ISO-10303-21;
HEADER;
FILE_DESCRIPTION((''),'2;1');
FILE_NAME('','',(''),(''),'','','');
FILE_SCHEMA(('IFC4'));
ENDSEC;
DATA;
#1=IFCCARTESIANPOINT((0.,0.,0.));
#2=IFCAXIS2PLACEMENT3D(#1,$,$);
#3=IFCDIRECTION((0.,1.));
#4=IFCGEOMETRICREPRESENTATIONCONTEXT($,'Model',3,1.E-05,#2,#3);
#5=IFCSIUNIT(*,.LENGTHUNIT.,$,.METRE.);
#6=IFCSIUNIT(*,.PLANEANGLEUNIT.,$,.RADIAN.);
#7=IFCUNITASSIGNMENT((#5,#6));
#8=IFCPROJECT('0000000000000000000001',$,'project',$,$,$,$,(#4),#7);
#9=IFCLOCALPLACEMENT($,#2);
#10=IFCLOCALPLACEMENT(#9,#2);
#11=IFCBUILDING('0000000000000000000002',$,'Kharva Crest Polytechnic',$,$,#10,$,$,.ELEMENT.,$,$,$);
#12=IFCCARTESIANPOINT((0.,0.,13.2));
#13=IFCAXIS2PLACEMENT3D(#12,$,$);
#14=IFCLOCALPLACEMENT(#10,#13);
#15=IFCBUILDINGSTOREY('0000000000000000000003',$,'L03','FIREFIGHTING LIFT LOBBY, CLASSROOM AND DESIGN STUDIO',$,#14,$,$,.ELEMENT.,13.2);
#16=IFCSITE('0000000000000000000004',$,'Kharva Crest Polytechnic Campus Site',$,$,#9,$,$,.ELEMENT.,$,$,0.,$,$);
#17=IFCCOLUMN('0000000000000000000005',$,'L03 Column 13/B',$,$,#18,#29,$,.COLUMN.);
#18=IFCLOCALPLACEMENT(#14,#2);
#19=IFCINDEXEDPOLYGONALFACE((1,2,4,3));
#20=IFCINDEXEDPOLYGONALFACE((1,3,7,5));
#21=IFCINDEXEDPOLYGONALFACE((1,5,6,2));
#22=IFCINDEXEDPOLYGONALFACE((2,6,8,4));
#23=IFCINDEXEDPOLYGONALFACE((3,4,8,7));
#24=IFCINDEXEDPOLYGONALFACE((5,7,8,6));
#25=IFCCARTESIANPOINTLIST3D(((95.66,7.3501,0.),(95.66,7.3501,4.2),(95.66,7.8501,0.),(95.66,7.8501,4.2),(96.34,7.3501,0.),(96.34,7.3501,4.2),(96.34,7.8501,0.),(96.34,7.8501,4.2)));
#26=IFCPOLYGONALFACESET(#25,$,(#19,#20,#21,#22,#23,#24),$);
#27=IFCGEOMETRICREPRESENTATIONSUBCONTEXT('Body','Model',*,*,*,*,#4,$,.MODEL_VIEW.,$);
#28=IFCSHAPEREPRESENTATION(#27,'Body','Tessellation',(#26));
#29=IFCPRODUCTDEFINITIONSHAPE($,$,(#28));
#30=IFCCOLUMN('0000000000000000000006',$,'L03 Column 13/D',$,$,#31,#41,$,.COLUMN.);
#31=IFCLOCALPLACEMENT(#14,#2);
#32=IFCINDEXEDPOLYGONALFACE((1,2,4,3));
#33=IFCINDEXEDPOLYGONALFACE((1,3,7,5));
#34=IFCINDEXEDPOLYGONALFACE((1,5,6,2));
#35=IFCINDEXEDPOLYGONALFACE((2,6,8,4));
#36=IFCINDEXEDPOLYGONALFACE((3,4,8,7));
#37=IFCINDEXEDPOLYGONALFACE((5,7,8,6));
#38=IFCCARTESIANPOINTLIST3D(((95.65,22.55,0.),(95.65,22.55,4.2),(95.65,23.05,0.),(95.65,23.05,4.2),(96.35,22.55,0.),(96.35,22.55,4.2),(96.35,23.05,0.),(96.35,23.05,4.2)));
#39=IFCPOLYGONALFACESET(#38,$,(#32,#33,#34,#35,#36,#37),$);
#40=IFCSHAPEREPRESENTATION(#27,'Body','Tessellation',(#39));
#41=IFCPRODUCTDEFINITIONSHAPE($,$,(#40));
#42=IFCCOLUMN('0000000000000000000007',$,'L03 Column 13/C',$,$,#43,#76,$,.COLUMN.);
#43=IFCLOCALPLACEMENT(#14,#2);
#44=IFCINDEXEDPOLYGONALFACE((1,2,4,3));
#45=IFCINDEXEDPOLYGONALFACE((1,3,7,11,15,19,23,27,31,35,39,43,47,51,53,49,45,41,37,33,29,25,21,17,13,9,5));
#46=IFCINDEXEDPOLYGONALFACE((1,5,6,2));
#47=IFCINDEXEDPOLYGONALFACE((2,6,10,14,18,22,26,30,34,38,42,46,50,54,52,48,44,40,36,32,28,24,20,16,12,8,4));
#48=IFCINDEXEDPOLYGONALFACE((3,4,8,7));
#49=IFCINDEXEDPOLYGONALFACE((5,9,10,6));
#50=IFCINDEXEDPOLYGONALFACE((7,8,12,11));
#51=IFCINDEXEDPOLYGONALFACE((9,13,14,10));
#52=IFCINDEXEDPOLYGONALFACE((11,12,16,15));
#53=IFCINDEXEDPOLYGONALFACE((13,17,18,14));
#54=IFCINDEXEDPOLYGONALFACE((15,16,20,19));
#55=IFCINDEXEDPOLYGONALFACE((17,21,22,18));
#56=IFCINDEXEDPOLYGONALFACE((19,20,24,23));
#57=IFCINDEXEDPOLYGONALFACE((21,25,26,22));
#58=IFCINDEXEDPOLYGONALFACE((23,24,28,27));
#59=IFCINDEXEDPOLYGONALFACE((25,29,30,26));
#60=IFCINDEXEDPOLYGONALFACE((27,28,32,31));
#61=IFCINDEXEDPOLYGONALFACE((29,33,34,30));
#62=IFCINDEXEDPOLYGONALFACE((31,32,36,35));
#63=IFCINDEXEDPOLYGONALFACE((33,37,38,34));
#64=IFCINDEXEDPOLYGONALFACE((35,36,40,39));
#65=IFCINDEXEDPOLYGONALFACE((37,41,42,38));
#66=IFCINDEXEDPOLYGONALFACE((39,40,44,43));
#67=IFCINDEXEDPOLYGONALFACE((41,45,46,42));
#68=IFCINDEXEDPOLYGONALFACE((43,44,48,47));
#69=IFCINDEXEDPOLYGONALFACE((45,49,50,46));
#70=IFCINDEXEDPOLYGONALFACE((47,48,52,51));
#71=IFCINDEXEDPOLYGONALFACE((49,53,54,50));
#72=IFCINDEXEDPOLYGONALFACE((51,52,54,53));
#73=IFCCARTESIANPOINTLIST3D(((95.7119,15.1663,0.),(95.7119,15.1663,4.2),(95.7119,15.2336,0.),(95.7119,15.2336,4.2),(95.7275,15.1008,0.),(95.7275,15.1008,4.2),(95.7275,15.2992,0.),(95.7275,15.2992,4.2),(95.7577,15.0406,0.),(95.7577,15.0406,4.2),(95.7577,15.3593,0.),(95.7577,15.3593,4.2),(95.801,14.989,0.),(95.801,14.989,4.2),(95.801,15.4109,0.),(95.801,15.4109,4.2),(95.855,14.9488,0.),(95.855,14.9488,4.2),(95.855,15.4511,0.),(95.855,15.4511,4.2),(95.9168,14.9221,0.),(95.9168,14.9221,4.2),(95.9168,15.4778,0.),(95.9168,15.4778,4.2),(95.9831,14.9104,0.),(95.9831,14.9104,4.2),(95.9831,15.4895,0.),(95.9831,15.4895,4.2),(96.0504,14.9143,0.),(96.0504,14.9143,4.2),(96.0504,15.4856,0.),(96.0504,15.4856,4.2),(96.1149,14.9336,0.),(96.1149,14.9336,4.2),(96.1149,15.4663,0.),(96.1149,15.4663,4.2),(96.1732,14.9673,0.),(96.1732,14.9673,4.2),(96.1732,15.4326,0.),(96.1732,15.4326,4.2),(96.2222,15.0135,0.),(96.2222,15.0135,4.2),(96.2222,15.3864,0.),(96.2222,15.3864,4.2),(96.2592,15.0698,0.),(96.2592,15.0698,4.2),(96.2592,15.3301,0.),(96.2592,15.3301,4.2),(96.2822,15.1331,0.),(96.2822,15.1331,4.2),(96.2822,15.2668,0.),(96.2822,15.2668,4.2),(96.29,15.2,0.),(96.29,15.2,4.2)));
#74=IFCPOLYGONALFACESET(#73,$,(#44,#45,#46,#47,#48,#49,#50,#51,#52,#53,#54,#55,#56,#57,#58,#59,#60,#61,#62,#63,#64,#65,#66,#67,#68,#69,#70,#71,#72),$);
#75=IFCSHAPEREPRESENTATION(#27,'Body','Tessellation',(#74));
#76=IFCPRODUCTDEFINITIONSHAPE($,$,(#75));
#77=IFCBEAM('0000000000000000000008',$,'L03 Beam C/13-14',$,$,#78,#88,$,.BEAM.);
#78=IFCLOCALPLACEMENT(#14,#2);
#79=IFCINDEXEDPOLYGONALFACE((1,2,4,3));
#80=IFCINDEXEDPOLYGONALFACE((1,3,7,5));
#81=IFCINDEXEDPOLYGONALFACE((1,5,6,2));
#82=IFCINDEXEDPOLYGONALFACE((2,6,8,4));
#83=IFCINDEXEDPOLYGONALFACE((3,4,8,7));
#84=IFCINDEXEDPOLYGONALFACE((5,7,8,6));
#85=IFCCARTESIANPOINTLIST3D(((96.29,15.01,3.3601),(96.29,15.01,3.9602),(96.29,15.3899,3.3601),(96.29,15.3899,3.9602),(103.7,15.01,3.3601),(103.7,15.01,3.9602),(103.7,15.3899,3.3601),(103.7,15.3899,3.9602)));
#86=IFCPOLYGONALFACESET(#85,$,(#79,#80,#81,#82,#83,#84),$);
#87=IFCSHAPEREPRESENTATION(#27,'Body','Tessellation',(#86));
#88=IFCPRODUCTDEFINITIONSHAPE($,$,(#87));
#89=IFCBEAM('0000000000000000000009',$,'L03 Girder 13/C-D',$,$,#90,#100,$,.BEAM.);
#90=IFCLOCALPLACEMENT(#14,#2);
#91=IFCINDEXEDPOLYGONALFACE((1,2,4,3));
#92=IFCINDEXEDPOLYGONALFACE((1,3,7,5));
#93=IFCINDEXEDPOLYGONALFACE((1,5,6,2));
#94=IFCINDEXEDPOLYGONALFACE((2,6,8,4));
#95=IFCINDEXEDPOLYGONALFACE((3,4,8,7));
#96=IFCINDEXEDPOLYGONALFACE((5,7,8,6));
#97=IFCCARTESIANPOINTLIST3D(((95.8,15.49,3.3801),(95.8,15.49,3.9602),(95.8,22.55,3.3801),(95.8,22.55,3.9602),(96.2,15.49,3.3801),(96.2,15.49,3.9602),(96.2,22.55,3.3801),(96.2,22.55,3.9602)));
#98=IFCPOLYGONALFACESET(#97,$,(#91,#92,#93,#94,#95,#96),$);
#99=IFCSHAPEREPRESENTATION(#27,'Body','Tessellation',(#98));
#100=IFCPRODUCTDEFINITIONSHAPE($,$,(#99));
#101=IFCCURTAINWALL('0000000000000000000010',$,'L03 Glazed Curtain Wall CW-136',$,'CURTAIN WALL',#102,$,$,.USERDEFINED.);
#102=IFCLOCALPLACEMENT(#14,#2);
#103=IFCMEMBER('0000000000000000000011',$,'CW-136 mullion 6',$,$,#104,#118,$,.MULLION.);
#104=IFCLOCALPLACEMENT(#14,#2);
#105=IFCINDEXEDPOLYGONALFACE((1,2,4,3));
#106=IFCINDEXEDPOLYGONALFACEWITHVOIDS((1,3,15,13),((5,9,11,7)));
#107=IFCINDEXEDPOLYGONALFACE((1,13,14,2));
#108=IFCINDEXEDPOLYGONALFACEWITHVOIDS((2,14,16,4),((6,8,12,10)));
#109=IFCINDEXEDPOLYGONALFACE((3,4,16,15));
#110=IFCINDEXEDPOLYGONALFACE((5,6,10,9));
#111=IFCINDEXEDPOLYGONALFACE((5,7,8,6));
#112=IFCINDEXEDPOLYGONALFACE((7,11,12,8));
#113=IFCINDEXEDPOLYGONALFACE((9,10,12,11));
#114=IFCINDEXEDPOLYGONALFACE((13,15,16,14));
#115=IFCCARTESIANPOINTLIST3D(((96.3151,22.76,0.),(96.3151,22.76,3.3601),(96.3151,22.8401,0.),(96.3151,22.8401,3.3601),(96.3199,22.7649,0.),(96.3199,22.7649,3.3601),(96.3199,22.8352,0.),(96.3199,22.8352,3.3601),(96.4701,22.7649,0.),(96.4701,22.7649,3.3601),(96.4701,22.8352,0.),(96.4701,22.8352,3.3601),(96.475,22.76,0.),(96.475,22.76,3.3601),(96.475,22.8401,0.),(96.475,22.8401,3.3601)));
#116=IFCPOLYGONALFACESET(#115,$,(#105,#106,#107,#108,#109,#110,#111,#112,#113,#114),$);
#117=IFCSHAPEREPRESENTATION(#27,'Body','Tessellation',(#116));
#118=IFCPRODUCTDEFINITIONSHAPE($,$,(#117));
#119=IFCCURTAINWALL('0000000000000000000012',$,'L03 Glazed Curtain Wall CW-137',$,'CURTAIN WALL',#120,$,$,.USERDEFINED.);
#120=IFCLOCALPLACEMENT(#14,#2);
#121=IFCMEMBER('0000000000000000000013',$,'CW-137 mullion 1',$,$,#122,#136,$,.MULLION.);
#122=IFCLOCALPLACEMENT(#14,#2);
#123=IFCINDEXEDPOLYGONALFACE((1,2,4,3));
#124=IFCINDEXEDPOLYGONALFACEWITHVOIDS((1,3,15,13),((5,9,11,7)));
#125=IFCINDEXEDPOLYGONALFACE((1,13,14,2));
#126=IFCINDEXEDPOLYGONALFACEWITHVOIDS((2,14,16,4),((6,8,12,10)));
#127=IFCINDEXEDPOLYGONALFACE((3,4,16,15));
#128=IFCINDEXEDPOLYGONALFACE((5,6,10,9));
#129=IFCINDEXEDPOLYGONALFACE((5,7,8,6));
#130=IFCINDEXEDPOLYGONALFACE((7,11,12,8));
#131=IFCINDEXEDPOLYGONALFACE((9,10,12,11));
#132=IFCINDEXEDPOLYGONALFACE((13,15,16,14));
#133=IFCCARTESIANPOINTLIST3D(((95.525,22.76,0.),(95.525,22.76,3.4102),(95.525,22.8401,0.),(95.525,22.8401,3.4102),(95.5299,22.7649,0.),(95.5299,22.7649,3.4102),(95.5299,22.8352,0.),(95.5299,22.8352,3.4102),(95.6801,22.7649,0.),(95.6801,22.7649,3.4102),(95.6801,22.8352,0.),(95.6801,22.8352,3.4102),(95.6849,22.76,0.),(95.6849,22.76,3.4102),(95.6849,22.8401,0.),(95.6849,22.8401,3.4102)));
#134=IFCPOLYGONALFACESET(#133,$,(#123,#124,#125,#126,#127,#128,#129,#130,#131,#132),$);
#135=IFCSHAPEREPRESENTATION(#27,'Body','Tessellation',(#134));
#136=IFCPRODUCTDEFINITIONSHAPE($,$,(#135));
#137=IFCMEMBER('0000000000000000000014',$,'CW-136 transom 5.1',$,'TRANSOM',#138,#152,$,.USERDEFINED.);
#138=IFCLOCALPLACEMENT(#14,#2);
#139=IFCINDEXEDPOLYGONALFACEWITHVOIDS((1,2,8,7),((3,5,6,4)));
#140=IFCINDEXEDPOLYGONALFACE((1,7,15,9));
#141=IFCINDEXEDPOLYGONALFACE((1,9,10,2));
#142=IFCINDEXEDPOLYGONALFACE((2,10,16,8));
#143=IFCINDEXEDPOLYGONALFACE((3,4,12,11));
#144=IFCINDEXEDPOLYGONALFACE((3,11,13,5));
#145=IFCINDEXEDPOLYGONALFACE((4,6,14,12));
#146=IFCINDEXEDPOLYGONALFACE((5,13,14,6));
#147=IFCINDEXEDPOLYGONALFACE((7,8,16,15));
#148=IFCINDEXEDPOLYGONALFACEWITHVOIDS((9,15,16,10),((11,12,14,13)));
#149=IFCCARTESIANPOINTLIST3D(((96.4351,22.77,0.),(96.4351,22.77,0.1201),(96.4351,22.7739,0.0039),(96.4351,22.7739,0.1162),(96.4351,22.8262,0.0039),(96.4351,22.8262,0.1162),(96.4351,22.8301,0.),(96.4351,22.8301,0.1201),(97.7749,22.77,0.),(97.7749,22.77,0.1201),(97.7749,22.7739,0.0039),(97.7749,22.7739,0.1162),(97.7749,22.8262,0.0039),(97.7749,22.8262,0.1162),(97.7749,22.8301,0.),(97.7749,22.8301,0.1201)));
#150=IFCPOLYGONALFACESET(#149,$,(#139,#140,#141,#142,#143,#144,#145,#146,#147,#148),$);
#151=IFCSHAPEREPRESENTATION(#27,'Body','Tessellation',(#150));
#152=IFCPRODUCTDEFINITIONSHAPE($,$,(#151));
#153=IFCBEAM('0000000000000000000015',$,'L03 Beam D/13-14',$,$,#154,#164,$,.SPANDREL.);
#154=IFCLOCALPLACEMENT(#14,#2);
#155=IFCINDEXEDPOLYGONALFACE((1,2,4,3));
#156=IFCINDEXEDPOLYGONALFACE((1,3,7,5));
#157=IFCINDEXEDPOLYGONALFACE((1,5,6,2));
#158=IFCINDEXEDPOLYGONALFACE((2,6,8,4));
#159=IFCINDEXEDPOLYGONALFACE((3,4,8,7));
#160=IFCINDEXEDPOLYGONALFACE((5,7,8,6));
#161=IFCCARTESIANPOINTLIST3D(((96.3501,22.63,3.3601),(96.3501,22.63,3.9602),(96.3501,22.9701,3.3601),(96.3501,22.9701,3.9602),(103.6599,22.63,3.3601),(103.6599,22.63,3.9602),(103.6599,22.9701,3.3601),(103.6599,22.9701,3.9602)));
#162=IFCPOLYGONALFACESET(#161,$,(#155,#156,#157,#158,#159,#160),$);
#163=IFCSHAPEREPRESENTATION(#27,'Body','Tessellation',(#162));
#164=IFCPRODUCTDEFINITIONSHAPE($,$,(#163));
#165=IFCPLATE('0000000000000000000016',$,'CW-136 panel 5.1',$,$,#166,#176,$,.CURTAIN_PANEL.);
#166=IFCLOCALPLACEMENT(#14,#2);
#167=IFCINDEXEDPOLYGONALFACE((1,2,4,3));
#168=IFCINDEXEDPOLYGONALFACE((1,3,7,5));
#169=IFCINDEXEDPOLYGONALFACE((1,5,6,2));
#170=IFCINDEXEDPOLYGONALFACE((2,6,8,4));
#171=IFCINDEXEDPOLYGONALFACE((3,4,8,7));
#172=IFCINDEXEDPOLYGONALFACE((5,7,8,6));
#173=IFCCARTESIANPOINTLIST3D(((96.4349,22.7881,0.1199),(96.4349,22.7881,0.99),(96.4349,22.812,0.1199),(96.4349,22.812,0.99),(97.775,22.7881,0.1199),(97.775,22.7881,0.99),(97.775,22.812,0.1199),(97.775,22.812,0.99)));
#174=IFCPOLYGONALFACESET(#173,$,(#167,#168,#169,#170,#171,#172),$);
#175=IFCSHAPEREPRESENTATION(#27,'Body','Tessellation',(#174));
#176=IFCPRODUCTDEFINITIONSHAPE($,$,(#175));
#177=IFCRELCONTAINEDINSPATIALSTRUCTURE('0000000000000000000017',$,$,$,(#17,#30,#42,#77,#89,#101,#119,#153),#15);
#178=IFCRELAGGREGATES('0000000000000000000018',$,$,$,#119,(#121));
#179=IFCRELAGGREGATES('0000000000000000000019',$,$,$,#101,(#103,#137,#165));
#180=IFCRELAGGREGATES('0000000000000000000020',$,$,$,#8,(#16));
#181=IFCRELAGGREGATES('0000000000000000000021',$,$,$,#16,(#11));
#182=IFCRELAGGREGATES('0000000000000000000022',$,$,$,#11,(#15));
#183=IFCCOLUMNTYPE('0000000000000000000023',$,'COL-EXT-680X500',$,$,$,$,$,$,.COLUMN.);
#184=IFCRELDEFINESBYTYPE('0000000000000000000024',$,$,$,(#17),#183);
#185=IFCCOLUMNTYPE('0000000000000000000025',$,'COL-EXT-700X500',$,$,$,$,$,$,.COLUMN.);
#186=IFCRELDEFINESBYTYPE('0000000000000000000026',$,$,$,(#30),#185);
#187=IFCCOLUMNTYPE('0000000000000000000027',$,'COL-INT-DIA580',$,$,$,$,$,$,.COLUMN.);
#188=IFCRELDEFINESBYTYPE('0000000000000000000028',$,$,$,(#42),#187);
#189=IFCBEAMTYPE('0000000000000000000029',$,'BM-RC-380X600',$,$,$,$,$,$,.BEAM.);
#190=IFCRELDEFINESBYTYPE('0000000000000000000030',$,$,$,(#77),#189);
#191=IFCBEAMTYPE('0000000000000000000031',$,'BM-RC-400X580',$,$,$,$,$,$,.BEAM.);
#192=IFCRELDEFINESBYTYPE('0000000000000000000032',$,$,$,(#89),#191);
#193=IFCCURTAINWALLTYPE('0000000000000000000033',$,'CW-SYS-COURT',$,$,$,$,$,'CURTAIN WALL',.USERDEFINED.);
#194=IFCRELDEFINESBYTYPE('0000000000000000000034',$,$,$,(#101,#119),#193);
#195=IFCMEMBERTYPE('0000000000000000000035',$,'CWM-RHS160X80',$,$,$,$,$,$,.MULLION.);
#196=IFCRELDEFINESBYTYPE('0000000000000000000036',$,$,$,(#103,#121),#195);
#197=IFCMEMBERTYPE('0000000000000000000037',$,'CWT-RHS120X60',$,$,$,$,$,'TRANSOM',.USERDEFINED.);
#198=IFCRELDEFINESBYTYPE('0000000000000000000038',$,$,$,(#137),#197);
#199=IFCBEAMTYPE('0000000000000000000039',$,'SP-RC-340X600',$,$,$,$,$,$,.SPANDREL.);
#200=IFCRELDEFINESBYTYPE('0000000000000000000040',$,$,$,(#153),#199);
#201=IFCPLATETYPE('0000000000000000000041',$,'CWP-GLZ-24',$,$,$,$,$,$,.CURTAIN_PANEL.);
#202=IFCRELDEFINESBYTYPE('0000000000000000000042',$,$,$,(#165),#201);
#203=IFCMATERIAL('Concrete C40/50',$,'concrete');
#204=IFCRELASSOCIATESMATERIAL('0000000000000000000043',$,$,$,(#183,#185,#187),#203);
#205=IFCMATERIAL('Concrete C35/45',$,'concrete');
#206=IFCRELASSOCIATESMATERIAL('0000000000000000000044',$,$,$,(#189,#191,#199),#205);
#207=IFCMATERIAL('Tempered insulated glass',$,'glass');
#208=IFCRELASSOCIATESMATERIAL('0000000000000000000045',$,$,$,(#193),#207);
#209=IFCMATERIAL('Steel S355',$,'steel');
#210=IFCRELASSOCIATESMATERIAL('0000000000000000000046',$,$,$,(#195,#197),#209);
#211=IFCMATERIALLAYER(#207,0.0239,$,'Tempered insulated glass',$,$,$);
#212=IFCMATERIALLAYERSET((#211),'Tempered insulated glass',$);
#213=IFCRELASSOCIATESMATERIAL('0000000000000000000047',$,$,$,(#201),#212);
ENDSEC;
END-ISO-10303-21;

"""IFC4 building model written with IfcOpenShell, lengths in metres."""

from ifc_helpers import new_model, si_unit, direction, frame, origin, origin_2d, place, context, subcontext, project, spatial, rectangle, hollow_rectangle, circle, extrude, material, layer, layer_set, material_profile, profile_set, type_object, element, aggregate, save


model = new_model("IFC4")

# Units and contexts
model_context = context("Model", 3, precision=1e-05, world=origin(), true_north=direction((0.0, 1.0)))
body_context = subcontext(model_context, "Body", "Model", "MODEL_VIEW")
ifc_project = project(units=[si_unit("LENGTHUNIT", "METRE"), si_unit("PLANEANGLEUNIT", "RADIAN")], contexts=[model_context])

# Site, building, storey
site_placement = place(None, origin())
site = spatial("IfcSite", under=ifc_project, at=site_placement, Name="Kharva Crest Polytechnic Campus Site", CompositionType="ELEMENT", RefElevation=0.0)
building_placement = place(site_placement, origin())
building = spatial("IfcBuilding", under=site, at=building_placement, Name="Kharva Crest Polytechnic", CompositionType="ELEMENT")
storey_placement = place(building_placement, frame((0.0, 0.0, 13.2)))
storey = spatial("IfcBuildingStorey", under=building, at=storey_placement, Name="L03", Description="FIREFIGHTING LIFT LOBBY, CLASSROOM AND DESIGN STUDIO", CompositionType="ELEMENT", Elevation=13.2)

# Columns
ifc_material_1 = material(Name="Concrete C40/50", Category="concrete")
ifc_material_profile_1 = material_profile(ifc_material_1, rectangle(XDim=0.6799, YDim=0.5, at=origin_2d()), Name="RECT 680 X 500")
ifc_profile_set_1 = profile_set([ifc_material_profile_1], Name="Concrete C40/50")
column_type_1 = type_object("IfcColumnType", Name="COL-EXT-680X500", PredefinedType="COLUMN", material=ifc_profile_set_1)
column_1_placement = place(storey_placement, frame((96.0, 7.6001, 0.0), z_axis=(0.0, 0.0, 1.0), x_axis=(1.0, 0.0, 0.0)))
element("IfcColumn", 1, at=column_1_placement, inside=storey, type_object=column_type_1, Name="L03 Column 13/B", PredefinedType="COLUMN", context=body_context, shape_type="SweptSolid", body=[
    extrude(rectangle(XDim=0.6799, YDim=0.5, at=origin_2d()), origin(), (0.0, 0.0, 1.0), 4.2),
])
ifc_material_profile_2 = material_profile(ifc_material_1, rectangle(XDim=0.7, YDim=0.5, at=origin_2d()), Name="RECT 700 X 500")
ifc_profile_set_2 = profile_set([ifc_material_profile_2], Name="Concrete C40/50")
column_type_2 = type_object("IfcColumnType", Name="COL-EXT-700X500", PredefinedType="COLUMN", material=ifc_profile_set_2)
column_2_placement = place(storey_placement, frame((96.0, 22.8, 0.0), z_axis=(0.0, 0.0, 1.0), x_axis=(1.0, 0.0, 0.0)))
element("IfcColumn", 2, at=column_2_placement, inside=storey, type_object=column_type_2, Name="L03 Column 13/D", PredefinedType="COLUMN", context=body_context, shape_type="SweptSolid", body=[
    extrude(rectangle(XDim=0.7, YDim=0.5, at=origin_2d()), origin(), (0.0, 0.0, 1.0), 4.2),
])
ifc_material_profile_3 = material_profile(ifc_material_1, circle(Radius=0.29, at=origin_2d()), Name="DIA 580")
ifc_profile_set_3 = profile_set([ifc_material_profile_3], Name="Concrete C40/50")
column_type_3 = type_object("IfcColumnType", Name="COL-INT-DIA580", PredefinedType="COLUMN", material=ifc_profile_set_3)
column_3_placement = place(storey_placement, frame((96.0, 15.2, 0.0), z_axis=(0.0, 0.0, 1.0), x_axis=(1.0, 0.0, 0.0)))
element("IfcColumn", 3, at=column_3_placement, inside=storey, type_object=column_type_3, Name="L03 Column 13/C", PredefinedType="COLUMN", context=body_context, shape_type="SweptSolid", body=[
    extrude(circle(Radius=0.29, at=origin_2d()), origin(), (0.0, 0.0, 1.0), 4.2),
])

# Beams
ifc_material_2 = material(Name="Concrete C35/45", Category="concrete")
ifc_material_profile_4 = material_profile(ifc_material_2, rectangle(XDim=0.3799, YDim=0.6001, at=origin_2d()), Name="RECT 380 X 600")
ifc_profile_set_4 = profile_set([ifc_material_profile_4], Name="Concrete C35/45")
beam_type_1 = type_object("IfcBeamType", Name="BM-RC-380X600", PredefinedType="BEAM", material=ifc_profile_set_4)
beam_1_placement = place(storey_placement, frame((96.29, 15.2, 3.6602), z_axis=(1.0, 0.0, 0.0), x_axis=(0.0, 1.0, 0.0)))
element("IfcBeam", 4, at=beam_1_placement, inside=storey, type_object=beam_type_1, Name="L03 Beam C/13-14", PredefinedType="BEAM", context=body_context, shape_type="SweptSolid", body=[
    extrude(rectangle(XDim=0.3799, YDim=0.6001, at=origin_2d()), origin(), (0.0, 0.0, 1.0), 7.4099),
])
ifc_material_profile_5 = material_profile(ifc_material_2, rectangle(XDim=0.3999, YDim=0.5801, at=origin_2d()), Name="RECT 400 X 580")
ifc_profile_set_5 = profile_set([ifc_material_profile_5], Name="Concrete C35/45")
beam_type_2 = type_object("IfcBeamType", Name="BM-RC-400X580", PredefinedType="BEAM", material=ifc_profile_set_5)
beam_2_placement = place(storey_placement, frame((96.0, 15.49, 3.6702), z_axis=(0.0, 1.0, 0.0), x_axis=(-1.0, 0.0, 0.0)))
element("IfcBeam", 5, at=beam_2_placement, inside=storey, type_object=beam_type_2, Name="L03 Girder 13/C-D", PredefinedType="BEAM", context=body_context, shape_type="SweptSolid", body=[
    extrude(rectangle(XDim=0.3999, YDim=0.5801, at=origin_2d()), origin(), (0.0, 0.0, 1.0), 7.0601),
])

# Curtain walls, members
ifc_material_3 = material(Name="Tempered insulated glass", Category="glass")
curtain_wall_type = type_object("IfcCurtainWallType", Name="CW-SYS-COURT", ElementType="CURTAIN WALL", PredefinedType="USERDEFINED", material=ifc_material_3)
curtain_wall_1_placement = place(storey_placement, origin())
curtain_wall_1 = element("IfcCurtainWall", 6, at=curtain_wall_1_placement, inside=storey, type_object=curtain_wall_type, Name="L03 Glazed Curtain Wall CW-136", ObjectType="CURTAIN WALL", PredefinedType="USERDEFINED")
ifc_material_4 = material(Name="Steel S355", Category="steel")
ifc_material_profile_6 = material_profile(ifc_material_4, hollow_rectangle(XDim=0.0801, YDim=0.1599, WallThickness=0.0049, at=origin_2d()), Name="RHS 160X80X5.0")
ifc_profile_set_6 = profile_set([ifc_material_profile_6], Name="Steel S355")
member_type_1 = type_object("IfcMemberType", Name="CWM-RHS160X80", PredefinedType="MULLION", material=ifc_profile_set_6)
member_1_placement = place(storey_placement, frame((96.395, 22.8, 0.0), z_axis=(0.0, 0.0, 1.0), x_axis=(0.0, -1.0, 0.0)))
member_1 = element("IfcMember", 7, at=member_1_placement, type_object=member_type_1, Name="CW-136 mullion 6", PredefinedType="MULLION", context=body_context, shape_type="SweptSolid", body=[
    extrude(hollow_rectangle(XDim=0.0801, YDim=0.1599, WallThickness=0.0049, at=origin_2d()), origin(), (0.0, 0.0, 1.0), 3.3601),
])
curtain_wall_2_placement = place(storey_placement, origin())
curtain_wall_2 = element("IfcCurtainWall", 8, at=curtain_wall_2_placement, inside=storey, type_object=curtain_wall_type, Name="L03 Glazed Curtain Wall CW-137", ObjectType="CURTAIN WALL", PredefinedType="USERDEFINED")
member_2_placement = place(storey_placement, frame((95.605, 22.8, 0.0), z_axis=(0.0, 0.0, 1.0), x_axis=(0.0, -1.0, 0.0)))
member_2 = element("IfcMember", 9, at=member_2_placement, type_object=member_type_1, Name="CW-137 mullion 1", PredefinedType="MULLION", context=body_context, shape_type="SweptSolid", body=[
    extrude(hollow_rectangle(XDim=0.0801, YDim=0.1599, WallThickness=0.0049, at=origin_2d()), origin(), (0.0, 0.0, 1.0), 3.4102),
])
aggregate(curtain_wall_2, [member_2])

# Member
ifc_material_profile_7 = material_profile(ifc_material_4, hollow_rectangle(XDim=0.0601, YDim=0.1201, WallThickness=0.0039, at=origin_2d()), Name="RHS 120X60X4.0")
ifc_profile_set_7 = profile_set([ifc_material_profile_7], Name="Steel S355")
member_type_2 = type_object("IfcMemberType", Name="CWT-RHS120X60", ElementType="TRANSOM", PredefinedType="USERDEFINED", material=ifc_profile_set_7)
member_3_placement = place(storey_placement, frame((97.7749, 22.8, 0.0601), z_axis=(-1.0, 0.0, 0.0), x_axis=(0.0, -1.0, 0.0)))
member_3 = element("IfcMember", 10, at=member_3_placement, type_object=member_type_2, Name="CW-136 transom 5.1", ObjectType="TRANSOM", PredefinedType="USERDEFINED", context=body_context, shape_type="SweptSolid", body=[
    extrude(hollow_rectangle(XDim=0.0601, YDim=0.1201, WallThickness=0.0039, at=origin_2d()), origin(), (0.0, 0.0, 1.0), 1.3398),
])

# Beam
ifc_material_profile_8 = material_profile(ifc_material_2, rectangle(XDim=0.3401, YDim=0.6001, at=origin_2d()), Name="RECT 340 X 600")
ifc_profile_set_8 = profile_set([ifc_material_profile_8], Name="Concrete C35/45")
beam_type_3 = type_object("IfcBeamType", Name="SP-RC-340X600", PredefinedType="SPANDREL", material=ifc_profile_set_8)
beam_3_placement = place(storey_placement, frame((96.3501, 22.8, 3.6602), z_axis=(1.0, 0.0, 0.0), x_axis=(0.0, 1.0, 0.0)))
element("IfcBeam", 11, at=beam_3_placement, inside=storey, type_object=beam_type_3, Name="L03 Beam D/13-14", PredefinedType="SPANDREL", context=body_context, shape_type="SweptSolid", body=[
    extrude(rectangle(XDim=0.3401, YDim=0.6001, at=origin_2d()), origin(), (0.0, 0.0, 1.0), 7.3098),
])

# Plate
ifc_layer_1 = layer(ifc_material_3, 0.0239, Name="Tempered insulated glass")
ifc_layer_set_1 = layer_set([ifc_layer_1], Name="Tempered insulated glass")
plate_type = type_object("IfcPlateType", Name="CWP-GLZ-24", PredefinedType="CURTAIN_PANEL", material=ifc_layer_set_1)
plate_1_placement = place(storey_placement, frame((97.105, 22.8, 0.1199), z_axis=(0.0, 0.0, 1.0), x_axis=(-1.0, 0.0, 0.0)))
plate_1 = element("IfcPlate", 12, at=plate_1_placement, type_object=plate_type, Name="CW-136 panel 5.1", PredefinedType="CURTAIN_PANEL", context=body_context, shape_type="SweptSolid", body=[
    extrude(rectangle(XDim=1.3401, YDim=0.0239, at=origin_2d()), origin(), (0.0, 0.0, 1.0), 0.8701),
])
aggregate(curtain_wall_1, [member_1, member_3, plate_1])

save(model, "model.ifc")
